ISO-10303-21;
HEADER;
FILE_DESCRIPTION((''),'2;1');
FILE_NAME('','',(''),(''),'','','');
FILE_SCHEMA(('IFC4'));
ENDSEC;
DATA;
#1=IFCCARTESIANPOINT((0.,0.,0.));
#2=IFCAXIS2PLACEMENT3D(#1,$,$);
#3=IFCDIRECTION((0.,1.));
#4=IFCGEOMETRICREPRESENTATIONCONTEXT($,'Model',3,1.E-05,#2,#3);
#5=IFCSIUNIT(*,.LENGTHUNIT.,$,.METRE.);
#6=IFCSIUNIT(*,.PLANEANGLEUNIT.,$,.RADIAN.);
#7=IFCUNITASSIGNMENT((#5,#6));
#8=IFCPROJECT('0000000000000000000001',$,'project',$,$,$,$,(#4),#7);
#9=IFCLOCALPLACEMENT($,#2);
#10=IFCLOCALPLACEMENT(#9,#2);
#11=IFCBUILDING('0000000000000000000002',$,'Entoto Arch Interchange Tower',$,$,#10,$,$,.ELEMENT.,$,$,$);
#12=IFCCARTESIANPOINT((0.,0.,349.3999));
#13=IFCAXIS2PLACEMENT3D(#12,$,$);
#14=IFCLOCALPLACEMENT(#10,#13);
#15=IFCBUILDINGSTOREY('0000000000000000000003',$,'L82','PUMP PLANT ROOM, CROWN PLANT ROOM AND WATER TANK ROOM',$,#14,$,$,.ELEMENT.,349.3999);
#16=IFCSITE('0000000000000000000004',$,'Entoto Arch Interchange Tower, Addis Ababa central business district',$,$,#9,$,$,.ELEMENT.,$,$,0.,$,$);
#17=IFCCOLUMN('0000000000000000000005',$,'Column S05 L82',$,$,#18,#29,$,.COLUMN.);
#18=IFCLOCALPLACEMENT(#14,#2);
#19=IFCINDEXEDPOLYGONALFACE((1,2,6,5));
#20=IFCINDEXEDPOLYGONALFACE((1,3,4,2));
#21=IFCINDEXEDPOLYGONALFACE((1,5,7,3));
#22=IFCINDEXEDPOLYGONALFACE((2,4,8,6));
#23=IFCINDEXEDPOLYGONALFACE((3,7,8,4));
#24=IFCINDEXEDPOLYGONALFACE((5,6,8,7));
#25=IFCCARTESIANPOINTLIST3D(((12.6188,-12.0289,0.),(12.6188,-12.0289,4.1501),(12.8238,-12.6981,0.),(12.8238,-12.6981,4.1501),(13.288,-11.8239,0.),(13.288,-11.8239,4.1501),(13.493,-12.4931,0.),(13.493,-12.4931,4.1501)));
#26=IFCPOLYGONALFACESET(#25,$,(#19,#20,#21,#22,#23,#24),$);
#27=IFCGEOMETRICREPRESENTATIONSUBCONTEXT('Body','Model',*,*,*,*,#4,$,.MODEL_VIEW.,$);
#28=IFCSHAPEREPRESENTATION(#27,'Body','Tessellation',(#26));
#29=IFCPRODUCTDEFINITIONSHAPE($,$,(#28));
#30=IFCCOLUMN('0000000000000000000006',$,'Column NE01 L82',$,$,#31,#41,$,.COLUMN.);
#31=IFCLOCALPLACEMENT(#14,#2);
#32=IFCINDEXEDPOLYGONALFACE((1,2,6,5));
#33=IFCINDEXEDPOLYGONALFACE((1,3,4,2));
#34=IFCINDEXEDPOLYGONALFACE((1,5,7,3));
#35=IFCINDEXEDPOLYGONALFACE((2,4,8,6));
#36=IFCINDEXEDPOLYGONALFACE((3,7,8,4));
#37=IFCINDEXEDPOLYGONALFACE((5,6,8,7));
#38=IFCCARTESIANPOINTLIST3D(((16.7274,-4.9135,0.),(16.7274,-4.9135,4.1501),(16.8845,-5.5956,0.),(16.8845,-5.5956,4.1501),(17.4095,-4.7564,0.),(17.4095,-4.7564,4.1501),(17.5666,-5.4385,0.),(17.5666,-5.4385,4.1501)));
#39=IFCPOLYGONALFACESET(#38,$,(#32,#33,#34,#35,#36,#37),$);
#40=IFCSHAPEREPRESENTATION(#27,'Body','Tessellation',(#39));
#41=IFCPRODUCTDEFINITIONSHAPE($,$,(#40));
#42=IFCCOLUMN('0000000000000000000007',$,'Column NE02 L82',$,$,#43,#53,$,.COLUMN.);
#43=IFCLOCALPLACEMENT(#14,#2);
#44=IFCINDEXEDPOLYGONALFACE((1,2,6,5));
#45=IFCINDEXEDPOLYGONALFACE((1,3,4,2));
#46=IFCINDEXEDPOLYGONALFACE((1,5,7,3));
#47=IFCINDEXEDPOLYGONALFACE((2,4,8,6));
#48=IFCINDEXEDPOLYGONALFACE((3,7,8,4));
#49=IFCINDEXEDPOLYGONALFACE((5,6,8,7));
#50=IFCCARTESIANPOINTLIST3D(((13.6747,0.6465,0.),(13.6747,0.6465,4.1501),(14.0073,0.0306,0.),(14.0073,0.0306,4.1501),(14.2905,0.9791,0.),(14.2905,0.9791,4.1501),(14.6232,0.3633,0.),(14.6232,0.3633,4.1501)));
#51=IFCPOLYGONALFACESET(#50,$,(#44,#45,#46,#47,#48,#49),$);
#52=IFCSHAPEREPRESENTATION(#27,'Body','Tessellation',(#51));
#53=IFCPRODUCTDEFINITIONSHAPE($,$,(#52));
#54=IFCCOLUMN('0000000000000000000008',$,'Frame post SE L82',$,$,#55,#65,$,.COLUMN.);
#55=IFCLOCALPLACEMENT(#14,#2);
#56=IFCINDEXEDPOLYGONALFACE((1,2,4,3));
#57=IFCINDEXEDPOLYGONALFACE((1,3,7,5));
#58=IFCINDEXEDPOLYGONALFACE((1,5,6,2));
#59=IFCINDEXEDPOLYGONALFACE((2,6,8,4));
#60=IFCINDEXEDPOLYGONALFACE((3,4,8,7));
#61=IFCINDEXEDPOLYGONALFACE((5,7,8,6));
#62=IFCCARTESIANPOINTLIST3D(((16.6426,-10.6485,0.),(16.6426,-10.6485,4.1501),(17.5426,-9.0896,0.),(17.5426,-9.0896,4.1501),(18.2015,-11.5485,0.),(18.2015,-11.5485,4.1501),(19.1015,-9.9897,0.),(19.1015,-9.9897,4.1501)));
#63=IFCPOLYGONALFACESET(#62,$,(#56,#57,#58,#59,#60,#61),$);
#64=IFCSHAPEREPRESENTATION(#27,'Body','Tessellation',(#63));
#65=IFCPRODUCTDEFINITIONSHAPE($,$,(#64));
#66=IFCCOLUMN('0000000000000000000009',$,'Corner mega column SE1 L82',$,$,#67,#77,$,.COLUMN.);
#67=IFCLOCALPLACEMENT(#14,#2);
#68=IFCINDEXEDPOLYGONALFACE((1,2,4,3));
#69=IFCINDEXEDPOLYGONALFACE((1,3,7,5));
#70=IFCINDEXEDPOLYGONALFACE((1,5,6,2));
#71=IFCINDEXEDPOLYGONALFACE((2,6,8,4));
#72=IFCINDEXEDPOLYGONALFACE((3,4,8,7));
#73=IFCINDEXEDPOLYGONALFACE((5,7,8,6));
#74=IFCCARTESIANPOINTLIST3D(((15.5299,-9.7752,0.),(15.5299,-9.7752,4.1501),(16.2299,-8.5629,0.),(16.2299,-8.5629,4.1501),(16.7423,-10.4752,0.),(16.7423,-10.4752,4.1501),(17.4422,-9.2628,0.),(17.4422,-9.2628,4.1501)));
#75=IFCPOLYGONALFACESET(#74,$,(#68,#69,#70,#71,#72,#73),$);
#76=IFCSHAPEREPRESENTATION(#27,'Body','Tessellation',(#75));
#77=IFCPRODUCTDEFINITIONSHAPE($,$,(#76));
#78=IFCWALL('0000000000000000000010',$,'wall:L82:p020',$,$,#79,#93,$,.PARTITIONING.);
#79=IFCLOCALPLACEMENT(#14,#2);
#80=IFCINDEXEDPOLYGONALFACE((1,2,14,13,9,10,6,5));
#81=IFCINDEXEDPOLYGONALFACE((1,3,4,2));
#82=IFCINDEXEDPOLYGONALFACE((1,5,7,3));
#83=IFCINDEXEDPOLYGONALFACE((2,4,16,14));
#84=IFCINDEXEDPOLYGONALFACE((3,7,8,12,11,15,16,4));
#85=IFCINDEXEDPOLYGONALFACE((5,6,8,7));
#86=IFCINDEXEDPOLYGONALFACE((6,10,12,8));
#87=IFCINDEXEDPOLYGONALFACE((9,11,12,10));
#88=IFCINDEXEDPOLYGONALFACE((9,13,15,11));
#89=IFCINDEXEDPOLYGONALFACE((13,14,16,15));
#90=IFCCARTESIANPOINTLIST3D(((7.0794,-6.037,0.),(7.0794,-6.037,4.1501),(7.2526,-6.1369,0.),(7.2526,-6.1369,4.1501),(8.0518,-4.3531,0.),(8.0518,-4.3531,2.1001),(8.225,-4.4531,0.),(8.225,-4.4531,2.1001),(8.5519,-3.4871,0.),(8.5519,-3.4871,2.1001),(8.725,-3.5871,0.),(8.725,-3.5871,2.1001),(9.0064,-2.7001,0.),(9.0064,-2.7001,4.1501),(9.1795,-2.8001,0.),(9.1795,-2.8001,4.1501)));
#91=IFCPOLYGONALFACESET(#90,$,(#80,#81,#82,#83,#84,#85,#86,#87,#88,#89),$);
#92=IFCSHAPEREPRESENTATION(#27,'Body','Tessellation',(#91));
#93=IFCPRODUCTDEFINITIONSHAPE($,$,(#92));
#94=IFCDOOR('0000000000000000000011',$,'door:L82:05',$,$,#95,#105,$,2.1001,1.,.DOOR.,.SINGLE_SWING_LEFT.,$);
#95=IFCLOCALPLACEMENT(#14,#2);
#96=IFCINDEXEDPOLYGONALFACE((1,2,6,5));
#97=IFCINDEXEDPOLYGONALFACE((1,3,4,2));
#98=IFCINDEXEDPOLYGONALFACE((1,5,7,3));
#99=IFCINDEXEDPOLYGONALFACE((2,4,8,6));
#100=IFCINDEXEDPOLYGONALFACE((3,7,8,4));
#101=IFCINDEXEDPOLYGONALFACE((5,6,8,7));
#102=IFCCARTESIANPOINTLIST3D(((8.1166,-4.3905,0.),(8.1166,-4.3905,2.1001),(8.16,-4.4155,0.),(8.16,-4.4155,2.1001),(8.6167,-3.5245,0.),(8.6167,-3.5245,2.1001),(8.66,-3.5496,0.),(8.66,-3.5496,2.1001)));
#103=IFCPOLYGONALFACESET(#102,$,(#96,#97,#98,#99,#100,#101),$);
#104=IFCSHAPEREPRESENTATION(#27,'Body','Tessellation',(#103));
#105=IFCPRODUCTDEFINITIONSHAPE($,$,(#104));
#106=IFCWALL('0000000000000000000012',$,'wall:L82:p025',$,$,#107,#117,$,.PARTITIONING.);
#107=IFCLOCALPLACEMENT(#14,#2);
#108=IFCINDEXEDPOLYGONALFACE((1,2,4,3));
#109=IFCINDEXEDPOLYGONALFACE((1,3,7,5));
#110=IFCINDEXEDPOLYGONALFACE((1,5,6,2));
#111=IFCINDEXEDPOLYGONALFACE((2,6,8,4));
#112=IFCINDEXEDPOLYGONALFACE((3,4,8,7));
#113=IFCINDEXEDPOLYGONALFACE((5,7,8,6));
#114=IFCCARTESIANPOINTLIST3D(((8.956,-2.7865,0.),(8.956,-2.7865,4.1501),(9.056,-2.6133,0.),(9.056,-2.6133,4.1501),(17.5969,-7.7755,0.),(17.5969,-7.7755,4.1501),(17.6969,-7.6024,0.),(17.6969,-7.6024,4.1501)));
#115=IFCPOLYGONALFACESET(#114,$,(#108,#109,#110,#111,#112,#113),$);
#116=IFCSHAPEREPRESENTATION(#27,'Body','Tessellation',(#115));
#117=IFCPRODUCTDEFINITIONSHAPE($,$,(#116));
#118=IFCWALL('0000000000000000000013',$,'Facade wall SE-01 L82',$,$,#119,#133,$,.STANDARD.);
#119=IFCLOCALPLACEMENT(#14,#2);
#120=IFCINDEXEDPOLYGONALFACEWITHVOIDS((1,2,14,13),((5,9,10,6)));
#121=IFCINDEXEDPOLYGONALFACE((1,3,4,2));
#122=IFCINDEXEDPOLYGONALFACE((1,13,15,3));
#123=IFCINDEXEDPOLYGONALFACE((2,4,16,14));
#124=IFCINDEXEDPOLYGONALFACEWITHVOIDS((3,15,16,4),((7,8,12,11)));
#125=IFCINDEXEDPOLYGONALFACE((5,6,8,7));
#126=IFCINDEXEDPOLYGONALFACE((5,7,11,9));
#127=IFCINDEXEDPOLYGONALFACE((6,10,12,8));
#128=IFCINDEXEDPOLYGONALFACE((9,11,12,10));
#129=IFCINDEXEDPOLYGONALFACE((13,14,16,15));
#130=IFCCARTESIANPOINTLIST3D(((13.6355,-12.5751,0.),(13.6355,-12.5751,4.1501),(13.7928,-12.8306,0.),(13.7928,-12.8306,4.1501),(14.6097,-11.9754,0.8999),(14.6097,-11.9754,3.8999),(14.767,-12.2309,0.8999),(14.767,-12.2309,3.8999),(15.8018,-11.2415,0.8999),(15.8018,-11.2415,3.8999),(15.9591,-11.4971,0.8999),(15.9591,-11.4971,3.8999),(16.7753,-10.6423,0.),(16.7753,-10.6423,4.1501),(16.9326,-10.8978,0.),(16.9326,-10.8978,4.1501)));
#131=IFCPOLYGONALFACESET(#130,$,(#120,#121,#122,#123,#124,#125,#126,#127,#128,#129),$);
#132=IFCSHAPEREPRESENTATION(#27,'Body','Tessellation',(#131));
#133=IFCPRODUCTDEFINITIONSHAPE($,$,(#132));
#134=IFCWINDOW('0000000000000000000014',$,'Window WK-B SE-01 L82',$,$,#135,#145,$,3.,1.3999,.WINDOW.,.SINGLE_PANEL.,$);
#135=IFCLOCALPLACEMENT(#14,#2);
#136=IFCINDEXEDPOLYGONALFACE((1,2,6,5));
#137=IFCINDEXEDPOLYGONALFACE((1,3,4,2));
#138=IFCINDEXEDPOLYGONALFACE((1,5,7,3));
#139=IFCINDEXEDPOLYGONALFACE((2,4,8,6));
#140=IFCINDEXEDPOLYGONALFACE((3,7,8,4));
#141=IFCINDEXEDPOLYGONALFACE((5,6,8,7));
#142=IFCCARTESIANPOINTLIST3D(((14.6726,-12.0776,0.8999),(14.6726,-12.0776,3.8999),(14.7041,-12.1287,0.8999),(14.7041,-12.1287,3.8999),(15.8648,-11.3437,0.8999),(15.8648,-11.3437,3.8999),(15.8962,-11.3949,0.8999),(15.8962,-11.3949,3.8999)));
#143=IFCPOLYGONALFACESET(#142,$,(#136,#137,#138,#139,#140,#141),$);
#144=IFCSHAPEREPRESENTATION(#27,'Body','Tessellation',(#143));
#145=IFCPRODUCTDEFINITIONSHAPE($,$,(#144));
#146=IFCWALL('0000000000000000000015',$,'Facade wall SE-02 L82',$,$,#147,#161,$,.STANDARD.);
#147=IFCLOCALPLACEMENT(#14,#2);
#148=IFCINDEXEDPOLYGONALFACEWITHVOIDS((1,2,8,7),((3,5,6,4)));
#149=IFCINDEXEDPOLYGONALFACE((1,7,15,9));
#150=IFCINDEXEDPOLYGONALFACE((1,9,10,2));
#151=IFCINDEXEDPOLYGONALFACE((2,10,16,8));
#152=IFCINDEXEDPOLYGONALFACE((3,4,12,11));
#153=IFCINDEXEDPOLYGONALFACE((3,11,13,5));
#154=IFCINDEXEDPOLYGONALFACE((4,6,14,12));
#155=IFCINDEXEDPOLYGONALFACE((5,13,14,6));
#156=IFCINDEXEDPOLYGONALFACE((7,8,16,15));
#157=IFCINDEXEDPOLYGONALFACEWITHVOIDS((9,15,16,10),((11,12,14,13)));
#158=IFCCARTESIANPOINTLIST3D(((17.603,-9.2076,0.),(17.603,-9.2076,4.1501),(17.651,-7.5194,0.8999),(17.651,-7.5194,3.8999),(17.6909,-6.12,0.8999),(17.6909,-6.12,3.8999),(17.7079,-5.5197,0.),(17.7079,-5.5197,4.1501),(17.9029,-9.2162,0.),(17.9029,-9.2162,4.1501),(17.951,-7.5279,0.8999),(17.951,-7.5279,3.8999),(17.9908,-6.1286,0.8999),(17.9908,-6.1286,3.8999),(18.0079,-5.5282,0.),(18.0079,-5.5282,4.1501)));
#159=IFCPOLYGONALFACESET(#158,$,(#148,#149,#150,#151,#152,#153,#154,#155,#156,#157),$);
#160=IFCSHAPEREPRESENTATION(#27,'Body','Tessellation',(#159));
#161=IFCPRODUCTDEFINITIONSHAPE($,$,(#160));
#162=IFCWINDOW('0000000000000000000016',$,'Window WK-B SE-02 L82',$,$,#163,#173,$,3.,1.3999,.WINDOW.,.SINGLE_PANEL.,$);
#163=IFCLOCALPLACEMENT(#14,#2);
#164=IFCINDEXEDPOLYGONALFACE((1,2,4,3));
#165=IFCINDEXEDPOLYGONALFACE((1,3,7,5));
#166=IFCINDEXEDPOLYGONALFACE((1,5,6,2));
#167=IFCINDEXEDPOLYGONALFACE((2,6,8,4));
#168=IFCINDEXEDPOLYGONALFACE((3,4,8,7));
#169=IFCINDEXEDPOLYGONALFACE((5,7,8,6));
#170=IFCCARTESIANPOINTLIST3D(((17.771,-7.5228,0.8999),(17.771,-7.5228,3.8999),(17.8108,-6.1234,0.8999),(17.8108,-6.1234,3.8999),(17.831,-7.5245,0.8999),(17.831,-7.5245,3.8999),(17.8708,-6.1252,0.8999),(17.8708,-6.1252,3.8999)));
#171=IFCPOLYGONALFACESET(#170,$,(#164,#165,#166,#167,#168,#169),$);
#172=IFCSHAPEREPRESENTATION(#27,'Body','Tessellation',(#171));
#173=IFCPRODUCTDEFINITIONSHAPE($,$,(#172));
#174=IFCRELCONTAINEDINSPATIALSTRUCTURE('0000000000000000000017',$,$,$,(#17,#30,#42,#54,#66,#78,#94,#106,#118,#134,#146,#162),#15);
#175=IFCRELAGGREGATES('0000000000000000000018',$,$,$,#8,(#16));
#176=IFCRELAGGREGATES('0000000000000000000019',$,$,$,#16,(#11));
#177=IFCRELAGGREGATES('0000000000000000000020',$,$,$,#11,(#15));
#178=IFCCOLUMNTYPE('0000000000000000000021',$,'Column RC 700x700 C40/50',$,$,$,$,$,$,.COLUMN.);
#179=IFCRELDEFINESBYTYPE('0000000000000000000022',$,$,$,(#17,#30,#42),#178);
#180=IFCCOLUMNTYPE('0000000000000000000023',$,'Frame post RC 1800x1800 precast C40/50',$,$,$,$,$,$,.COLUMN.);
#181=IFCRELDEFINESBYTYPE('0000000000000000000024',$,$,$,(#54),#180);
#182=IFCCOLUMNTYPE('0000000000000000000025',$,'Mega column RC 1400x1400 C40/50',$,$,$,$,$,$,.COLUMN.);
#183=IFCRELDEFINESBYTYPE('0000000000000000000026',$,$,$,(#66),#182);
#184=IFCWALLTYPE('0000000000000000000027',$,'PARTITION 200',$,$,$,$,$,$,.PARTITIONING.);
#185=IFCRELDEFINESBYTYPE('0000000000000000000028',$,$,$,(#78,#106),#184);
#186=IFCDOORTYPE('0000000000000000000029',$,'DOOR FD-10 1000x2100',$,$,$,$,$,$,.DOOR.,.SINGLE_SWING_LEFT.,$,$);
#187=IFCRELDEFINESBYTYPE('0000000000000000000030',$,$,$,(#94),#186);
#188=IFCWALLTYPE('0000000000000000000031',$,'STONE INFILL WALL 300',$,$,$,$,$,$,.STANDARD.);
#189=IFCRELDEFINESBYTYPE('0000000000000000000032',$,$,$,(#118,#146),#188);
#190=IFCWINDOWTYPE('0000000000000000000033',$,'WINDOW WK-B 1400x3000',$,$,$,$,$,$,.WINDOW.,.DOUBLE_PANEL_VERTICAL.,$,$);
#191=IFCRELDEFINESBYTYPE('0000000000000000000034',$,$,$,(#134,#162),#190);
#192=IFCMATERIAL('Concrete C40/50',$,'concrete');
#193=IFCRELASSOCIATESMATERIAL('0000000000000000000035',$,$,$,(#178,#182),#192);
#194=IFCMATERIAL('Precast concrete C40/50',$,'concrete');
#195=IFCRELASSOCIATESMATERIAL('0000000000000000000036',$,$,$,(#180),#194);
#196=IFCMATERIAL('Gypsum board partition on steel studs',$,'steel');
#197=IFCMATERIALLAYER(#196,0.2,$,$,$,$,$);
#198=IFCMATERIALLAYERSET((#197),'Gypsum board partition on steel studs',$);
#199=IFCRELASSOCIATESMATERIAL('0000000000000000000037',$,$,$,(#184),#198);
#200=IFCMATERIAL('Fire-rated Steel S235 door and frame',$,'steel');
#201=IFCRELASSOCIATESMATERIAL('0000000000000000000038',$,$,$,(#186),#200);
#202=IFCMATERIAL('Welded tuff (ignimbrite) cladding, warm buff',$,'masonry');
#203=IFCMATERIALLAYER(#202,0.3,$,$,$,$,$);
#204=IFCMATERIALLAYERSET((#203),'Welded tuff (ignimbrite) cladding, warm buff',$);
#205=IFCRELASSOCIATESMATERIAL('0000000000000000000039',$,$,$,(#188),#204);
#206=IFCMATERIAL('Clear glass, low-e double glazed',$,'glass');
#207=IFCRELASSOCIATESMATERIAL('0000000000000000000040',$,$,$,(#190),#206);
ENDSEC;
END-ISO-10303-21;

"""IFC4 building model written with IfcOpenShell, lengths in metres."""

from ifc_helpers import new_model, si_unit, direction, frame, frame_2d, origin, origin_2d, place, context, subcontext, project, spatial, rectangle, extrude, material, layer, layer_set, material_profile, profile_set, type_object, element, fill, save


model = new_model("IFC4")

# Units and contexts
model_context = context("Model", 3, precision=1e-05, world=origin(), true_north=direction((0.0, 1.0)))
body_context = subcontext(model_context, "Body", "Model", "MODEL_VIEW")
ifc_project = project(units=[si_unit("LENGTHUNIT", "METRE"), si_unit("PLANEANGLEUNIT", "RADIAN")], contexts=[model_context])

# Site, building, storey
site_placement = place(None, origin())
site = spatial("IfcSite", under=ifc_project, at=site_placement, Name="Entoto Arch Interchange Tower, Addis Ababa central business district", CompositionType="ELEMENT", RefElevation=0.0)
building_placement = place(site_placement, origin())
building = spatial("IfcBuilding", under=site, at=building_placement, Name="Entoto Arch Interchange Tower", CompositionType="ELEMENT")
storey_placement = place(building_placement, frame((0.0, 0.0, 349.3999)))
storey = spatial("IfcBuildingStorey", under=building, at=storey_placement, Name="L82", Description="PUMP PLANT ROOM, CROWN PLANT ROOM AND WATER TANK ROOM", CompositionType="ELEMENT", Elevation=349.3999)

# Columns
ifc_material_1 = material(Name="Concrete C40/50", Category="concrete")
ifc_material_profile_1 = material_profile(ifc_material_1, rectangle(XDim=0.7, YDim=0.7, at=origin_2d()))
ifc_profile_set_1 = profile_set([ifc_material_profile_1], Name="Concrete C40/50")
column_type_1 = type_object("IfcColumnType", Name="Column RC 700x700 C40/50", PredefinedType="COLUMN", material=ifc_profile_set_1)
for number, where, z_axis, x_axis, name in (
    (1, (13.0559, -12.261, 0.0), (0.0, 0.0, 1.0), (0.956141, 0.292906, 0.0), "Column S05 L82"),
    (2, (17.147, -5.176, 0.0), (0.0, 0.0, 1.0), (-0.224407, 0.974496, 0.0), "Column NE01 L82"),
    (3, (14.1489, 0.5049, 0.0), (0.0, 0.0, 1.0), (-0.475225, 0.879864, 0.0), "Column NE02 L82"),
):
    element("IfcColumn", number, at=place(storey_placement, frame(where, z_axis=z_axis, x_axis=x_axis)), inside=storey, type_object=column_type_1, Name=name, PredefinedType="COLUMN", context=body_context, shape_type="SweptSolid", body=[
        extrude(rectangle(XDim=0.7, YDim=0.7, at=origin_2d()), origin(), (0.0, 0.0, 1.0), 4.1501),
    ])
ifc_material_2 = material(Name="Precast concrete C40/50", Category="concrete")
ifc_material_profile_2 = material_profile(ifc_material_2, rectangle(XDim=1.8, YDim=1.8, at=origin_2d()))
ifc_profile_set_2 = profile_set([ifc_material_profile_2], Name="Precast concrete C40/50")
column_type_2 = type_object("IfcColumnType", Name="Frame post RC 1800x1800 precast C40/50", PredefinedType="COLUMN", material=ifc_profile_set_2)
column_1_placement = place(storey_placement, frame((17.8721, -10.3191, 0.0), z_axis=(0.0, 0.0, 1.0), x_axis=(-0.866025, 0.5, 0.0)))
element("IfcColumn", 4, at=column_1_placement, inside=storey, type_object=column_type_2, Name="Frame post SE L82", PredefinedType="COLUMN", context=body_context, shape_type="SweptSolid", body=[
    extrude(rectangle(XDim=1.8, YDim=1.8, at=origin_2d()), origin(), (0.0, 0.0, 1.0), 4.1501),
])
ifc_material_profile_3 = material_profile(ifc_material_1, rectangle(XDim=1.3999, YDim=1.3999, at=origin_2d()))
ifc_profile_set_3 = profile_set([ifc_material_profile_3], Name="Concrete C40/50")
column_type_3 = type_object("IfcColumnType", Name="Mega column RC 1400x1400 C40/50", PredefinedType="COLUMN", material=ifc_profile_set_3)
column_2_placement = place(storey_placement, frame((16.4861, -9.519, 0.0), z_axis=(0.0, 0.0, 1.0), x_axis=(-0.866025, 0.5, 0.0)))
element("IfcColumn", 5, at=column_2_placement, inside=storey, type_object=column_type_3, Name="Corner mega column SE1 L82", PredefinedType="COLUMN", context=body_context, shape_type="SweptSolid", body=[
    extrude(rectangle(XDim=1.3999, YDim=1.3999, at=origin_2d()), origin(), (0.0, 0.0, 1.0), 4.1501),
])

# Wall, opening, door
ifc_material_3 = material(Name="Gypsum board partition on steel studs", Category="steel")
ifc_layer_1 = layer(ifc_material_3, 0.2)
ifc_layer_set_1 = layer_set([ifc_layer_1], Name="Gypsum board partition on steel studs")
wall_type_1 = type_object("IfcWallType", Name="PARTITION 200", PredefinedType="PARTITIONING", material=ifc_layer_set_1)
wall_1_placement = place(storey_placement, frame((9.093, -2.75, 0.0), z_axis=(0.0, 0.0, 1.0), x_axis=(-0.500084, -0.865977, 0.0)))
wall_1 = element("IfcWall", 6, at=wall_1_placement, inside=storey, type_object=wall_type_1, Name="wall:L82:p020", PredefinedType="PARTITIONING", context=body_context, shape_type="SweptSolid", body=[
    extrude(rectangle(XDim=3.8533, YDim=0.2, at=frame_2d((1.9268, 0.0))), origin(), (0.0, 0.0, 1.0), 4.1501),
])
opening_1_placement = place(wall_1_placement, frame((0.9089, 0.0, 0.0)))
opening_1 = element("IfcOpeningElement", 7, at=opening_1_placement, cuts=wall_1, PredefinedType="OPENING", context=body_context, shape_type="SweptSolid", body=[
    extrude(rectangle(XDim=1.0, YDim=2.1001, at=frame_2d((0.5, 1.05))), frame((0.0, 0.1099, 0.0), z_axis=(0.0, -1.0, 0.0), x_axis=(1.0, 0.0, 0.0)), (0.0, 0.0, 1.0), 0.22),
])
ifc_material_4 = material(Name="Fire-rated Steel S235 door and frame", Category="steel")
door_type = type_object("IfcDoorType", Name="DOOR FD-10 1000x2100", OperationType="SINGLE_SWING_LEFT", PredefinedType="DOOR", material=ifc_material_4)
door_placement = place(opening_1_placement, origin())
door = element("IfcDoor", 8, at=door_placement, inside=storey, type_object=door_type, Name="door:L82:05", OperationType="SINGLE_SWING_LEFT", OverallHeight=2.1001, OverallWidth=1.0, PredefinedType="DOOR", context=body_context, shape_type="SweptSolid", body=[
    extrude(rectangle(XDim=1.0, YDim=2.1001, at=frame_2d((0.5, 1.05))), frame((0.0, 0.0249, 0.0), z_axis=(0.0, -1.0, 0.0), x_axis=(1.0, 0.0, 0.0)), (0.0, 0.0, 1.0), 0.05),
])
fill(opening_1, door)

# Wall
wall_2_placement = place(storey_placement, frame((9.0061, -2.7, 0.0), z_axis=(0.0, 0.0, 1.0), x_axis=(0.866016, -0.500015, 0.0)))
element("IfcWall", 9, at=wall_2_placement, inside=storey, type_object=wall_type_1, Name="wall:L82:p025", PredefinedType="PARTITIONING", context=body_context, shape_type="SweptSolid", body=[
    extrude(rectangle(XDim=9.9778, YDim=0.2, at=frame_2d((4.9888, 0.0))), origin(), (0.0, 0.0, 1.0), 4.1501),
])

# Walls, openings, windows
ifc_material_5 = material(Name="Welded tuff (ignimbrite) cladding, warm buff", Category="masonry")
ifc_layer_2 = layer(ifc_material_5, 0.3)
ifc_layer_set_2 = layer_set([ifc_layer_2], Name="Welded tuff (ignimbrite) cladding, warm buff")
wall_type_2 = type_object("IfcWallType", Name="STONE INFILL WALL 300", PredefinedType="STANDARD", material=ifc_layer_set_2)
wall_3_placement = place(storey_placement, frame((13.7141, -12.7029, 0.0), z_axis=(0.0, 0.0, 1.0), x_axis=(0.851583, 0.524219, 0.0)))
wall_3 = element("IfcWall", 10, at=wall_3_placement, inside=storey, type_object=wall_type_2, Name="Facade wall SE-01 L82", PredefinedType="STANDARD", context=body_context, shape_type="SweptSolid", body=[
    extrude(rectangle(XDim=3.687, YDim=0.3, at=frame_2d((1.8435, 0.0))), origin(), (0.0, 0.0, 1.0), 4.1501),
])
opening_2_placement = place(wall_3_placement, frame((1.144, 0.0, 0.8999)))
opening_2 = element("IfcOpeningElement", 11, at=opening_2_placement, cuts=wall_3, PredefinedType="OPENING", context=body_context, shape_type="SweptSolid", body=[
    extrude(rectangle(XDim=1.3999, YDim=3.0, at=frame_2d((0.7, 1.5))), frame((0.0, 0.1602, 0.0), z_axis=(0.0, -1.0, 0.0), x_axis=(1.0, 0.0, 0.0)), (0.0, 0.0, 1.0), 0.3201),
])
ifc_material_6 = material(Name="Clear glass, low-e double glazed", Category="glass")
window_type = type_object("IfcWindowType", Name="WINDOW WK-B 1400x3000", PartitioningType="DOUBLE_PANEL_VERTICAL", PredefinedType="WINDOW", material=ifc_material_6)
window_1_placement = place(opening_2_placement, origin())
window_1 = element("IfcWindow", 12, at=window_1_placement, inside=storey, type_object=window_type, Name="Window WK-B SE-01 L82", OverallHeight=3.0, OverallWidth=1.3999, PartitioningType="SINGLE_PANEL", PredefinedType="WINDOW", context=body_context, shape_type="SweptSolid", body=[
    extrude(rectangle(XDim=1.3999, YDim=3.0, at=frame_2d((0.7, 1.5))), frame((0.0, 0.03, 0.0), z_axis=(0.0, -1.0, 0.0), x_axis=(1.0, 0.0, 0.0)), (0.0, 0.0, 1.0), 0.0601),
])
fill(opening_2, window_1)
wall_4_placement = place(storey_placement, frame((17.7529, -9.2119, 0.0), z_axis=(0.0, 0.0, 1.0), x_axis=(0.028454, 0.999595, 0.0)))
wall_4 = element("IfcWall", 13, at=wall_4_placement, inside=storey, type_object=wall_type_2, Name="Facade wall SE-02 L82", PredefinedType="STANDARD", context=body_context, shape_type="SweptSolid", body=[
    extrude(rectangle(XDim=3.6895, YDim=0.3, at=frame_2d((1.8447, 0.0))), origin(), (0.0, 0.0, 1.0), 4.1501),
])
opening_3_placement = place(wall_4_placement, frame((1.689, 0.0, 0.8999)))
opening_3 = element("IfcOpeningElement", 14, at=opening_3_placement, cuts=wall_4, PredefinedType="OPENING", context=body_context, shape_type="SweptSolid", body=[
    extrude(rectangle(XDim=1.3999, YDim=3.0, at=frame_2d((0.7, 1.5))), frame((0.0, 0.1602, 0.0), z_axis=(0.0, -1.0, 0.0), x_axis=(1.0, 0.0, 0.0)), (0.0, 0.0, 1.0), 0.3201),
])
window_2_placement = place(opening_3_placement, origin())
window_2 = element("IfcWindow", 15, at=window_2_placement, inside=storey, type_object=window_type, Name="Window WK-B SE-02 L82", OverallHeight=3.0, OverallWidth=1.3999, PartitioningType="SINGLE_PANEL", PredefinedType="WINDOW", context=body_context, shape_type="SweptSolid", body=[
    extrude(rectangle(XDim=1.3999, YDim=3.0, at=frame_2d((0.7, 1.5))), frame((0.0, 0.03, 0.0), z_axis=(0.0, -1.0, 0.0), x_axis=(1.0, 0.0, 0.0)), (0.0, 0.0, 1.0), 0.0601),
])
fill(opening_3, window_2)

save(model, "model.ifc")
